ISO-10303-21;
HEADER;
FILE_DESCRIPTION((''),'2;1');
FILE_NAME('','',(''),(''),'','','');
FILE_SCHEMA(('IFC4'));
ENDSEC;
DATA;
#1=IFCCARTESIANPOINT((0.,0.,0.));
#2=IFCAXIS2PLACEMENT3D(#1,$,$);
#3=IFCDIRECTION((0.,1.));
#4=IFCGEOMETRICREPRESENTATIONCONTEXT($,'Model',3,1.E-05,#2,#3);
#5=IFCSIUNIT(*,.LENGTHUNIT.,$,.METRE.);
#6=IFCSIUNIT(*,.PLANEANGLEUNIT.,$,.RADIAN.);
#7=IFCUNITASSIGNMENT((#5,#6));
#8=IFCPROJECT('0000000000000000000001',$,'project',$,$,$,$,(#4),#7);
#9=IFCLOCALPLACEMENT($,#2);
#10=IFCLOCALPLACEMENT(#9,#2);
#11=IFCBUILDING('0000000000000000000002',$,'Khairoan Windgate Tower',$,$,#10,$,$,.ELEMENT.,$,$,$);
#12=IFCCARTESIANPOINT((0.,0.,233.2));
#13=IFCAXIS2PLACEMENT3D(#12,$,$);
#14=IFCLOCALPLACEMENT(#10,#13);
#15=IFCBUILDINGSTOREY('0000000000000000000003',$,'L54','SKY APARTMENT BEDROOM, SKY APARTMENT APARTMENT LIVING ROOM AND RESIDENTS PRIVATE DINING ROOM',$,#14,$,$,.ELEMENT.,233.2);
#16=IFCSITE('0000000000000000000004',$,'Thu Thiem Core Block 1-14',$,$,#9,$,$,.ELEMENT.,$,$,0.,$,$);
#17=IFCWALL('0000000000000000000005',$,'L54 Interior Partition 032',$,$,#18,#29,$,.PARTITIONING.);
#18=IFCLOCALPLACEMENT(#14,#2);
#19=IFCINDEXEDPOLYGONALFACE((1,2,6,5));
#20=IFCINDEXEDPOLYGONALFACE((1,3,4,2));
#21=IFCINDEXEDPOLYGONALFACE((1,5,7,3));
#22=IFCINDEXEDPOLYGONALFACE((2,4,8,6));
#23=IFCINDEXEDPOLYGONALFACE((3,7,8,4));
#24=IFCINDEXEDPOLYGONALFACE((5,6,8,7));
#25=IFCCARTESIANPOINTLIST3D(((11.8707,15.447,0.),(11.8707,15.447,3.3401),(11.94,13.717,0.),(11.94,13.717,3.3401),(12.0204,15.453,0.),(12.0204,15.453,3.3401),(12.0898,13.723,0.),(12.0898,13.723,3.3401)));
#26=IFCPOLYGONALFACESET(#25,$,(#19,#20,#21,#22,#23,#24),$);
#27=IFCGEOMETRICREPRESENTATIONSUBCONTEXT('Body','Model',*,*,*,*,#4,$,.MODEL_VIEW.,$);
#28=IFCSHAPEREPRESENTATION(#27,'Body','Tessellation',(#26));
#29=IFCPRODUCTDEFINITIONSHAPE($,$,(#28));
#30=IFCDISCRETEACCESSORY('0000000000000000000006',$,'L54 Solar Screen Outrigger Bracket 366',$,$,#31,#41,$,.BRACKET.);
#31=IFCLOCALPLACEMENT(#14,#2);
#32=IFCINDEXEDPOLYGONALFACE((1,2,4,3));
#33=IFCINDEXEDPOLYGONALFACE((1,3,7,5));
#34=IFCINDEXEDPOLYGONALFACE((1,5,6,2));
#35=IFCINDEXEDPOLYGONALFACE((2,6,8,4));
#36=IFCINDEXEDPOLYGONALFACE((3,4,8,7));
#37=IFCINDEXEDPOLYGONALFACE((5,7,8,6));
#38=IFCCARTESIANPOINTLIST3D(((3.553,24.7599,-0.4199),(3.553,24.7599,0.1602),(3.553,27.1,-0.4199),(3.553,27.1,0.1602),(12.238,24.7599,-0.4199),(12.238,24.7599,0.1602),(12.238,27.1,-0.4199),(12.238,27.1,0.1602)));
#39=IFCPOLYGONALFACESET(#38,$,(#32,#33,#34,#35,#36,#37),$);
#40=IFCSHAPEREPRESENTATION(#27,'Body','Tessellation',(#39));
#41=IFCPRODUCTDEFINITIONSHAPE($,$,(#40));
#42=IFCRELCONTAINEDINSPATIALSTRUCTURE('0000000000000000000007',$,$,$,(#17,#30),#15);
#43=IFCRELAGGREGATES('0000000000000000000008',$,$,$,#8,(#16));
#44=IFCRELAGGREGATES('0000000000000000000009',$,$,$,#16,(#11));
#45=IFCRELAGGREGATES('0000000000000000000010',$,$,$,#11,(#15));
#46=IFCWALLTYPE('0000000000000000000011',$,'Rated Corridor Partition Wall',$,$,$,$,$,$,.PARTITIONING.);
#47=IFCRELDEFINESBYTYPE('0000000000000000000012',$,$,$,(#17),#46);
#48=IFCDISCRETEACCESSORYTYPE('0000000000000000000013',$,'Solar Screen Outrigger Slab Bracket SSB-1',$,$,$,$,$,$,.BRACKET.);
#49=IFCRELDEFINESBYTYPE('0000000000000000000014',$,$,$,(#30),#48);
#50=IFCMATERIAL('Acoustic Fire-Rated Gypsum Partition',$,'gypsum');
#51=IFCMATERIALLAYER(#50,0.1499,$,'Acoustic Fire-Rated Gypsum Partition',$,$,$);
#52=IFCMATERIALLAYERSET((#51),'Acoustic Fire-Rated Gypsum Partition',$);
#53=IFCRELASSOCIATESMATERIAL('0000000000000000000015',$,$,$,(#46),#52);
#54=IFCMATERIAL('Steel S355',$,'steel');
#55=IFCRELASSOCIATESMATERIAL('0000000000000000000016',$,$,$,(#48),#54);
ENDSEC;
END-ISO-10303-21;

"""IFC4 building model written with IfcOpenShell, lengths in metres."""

from ifc_helpers import new_model, si_unit, direction, frame, frame_2d, origin, origin_2d, place, context, subcontext, project, spatial, rectangle, extrude, material, layer, layer_set, type_object, element, save


model = new_model("IFC4")

# Units and contexts
model_context = context("Model", 3, precision=1e-05, world=origin(), true_north=direction((0.0, 1.0)))
body_context = subcontext(model_context, "Body", "Model", "MODEL_VIEW")
ifc_project = project(units=[si_unit("LENGTHUNIT", "METRE"), si_unit("PLANEANGLEUNIT", "RADIAN")], contexts=[model_context])

# Site, building, storey
site_placement = place(None, origin())
site = spatial("IfcSite", under=ifc_project, at=site_placement, Name="Thu Thiem Core Block 1-14", CompositionType="ELEMENT", RefElevation=0.0)
building_placement = place(site_placement, origin())
building = spatial("IfcBuilding", under=site, at=building_placement, Name="Khairoan Windgate Tower", CompositionType="ELEMENT")
storey_placement = place(building_placement, frame((0.0, 0.0, 233.2)))
storey = spatial("IfcBuildingStorey", under=building, at=storey_placement, Name="L54", Description="SKY APARTMENT BEDROOM, SKY APARTMENT APARTMENT LIVING ROOM AND RESIDENTS PRIVATE DINING ROOM", CompositionType="ELEMENT", Elevation=233.2)

# Wall
ifc_material_1 = material(Name="Acoustic Fire-Rated Gypsum Partition", Category="gypsum")
ifc_layer_1 = layer(ifc_material_1, 0.1499, Name="Acoustic Fire-Rated Gypsum Partition")
ifc_layer_set_1 = layer_set([ifc_layer_1], Name="Acoustic Fire-Rated Gypsum Partition")
wall_type_1 = type_object("IfcWallType", Name="Rated Corridor Partition Wall", PredefinedType="PARTITIONING", material=ifc_layer_set_1)
wall_1_placement = place(storey_placement, frame((12.0149, 13.72, 0.0), z_axis=(0.0, 0.0, 1.0), x_axis=(-0.040047, 0.999198, 0.0)))
element("IfcWall", 1, at=wall_1_placement, inside=storey, type_object=wall_type_1, Name="L54 Interior Partition 032", PredefinedType="PARTITIONING", context=body_context, shape_type="SweptSolid", body=[
    extrude(rectangle(XDim=1.7314, YDim=0.1499, at=frame_2d((0.8657, 0.0))), origin(), (0.0, 0.0, 1.0), 3.3401),
])

# Discrete accessory
ifc_material_2 = material(Name="Steel S355", Category="steel")
discrete_accessory_type = type_object("IfcDiscreteAccessoryType", Name="Solar Screen Outrigger Slab Bracket SSB-1", PredefinedType="BRACKET", material=ifc_material_2)
discrete_accessory_placement = place(storey_placement, frame((7.8955, 25.9299, -0.4199), z_axis=(0.0, 0.0, 1.0), x_axis=(1.0, 0.0, 0.0)))
element("IfcDiscreteAccessory", 2, at=discrete_accessory_placement, inside=storey, type_object=discrete_accessory_type, Name="L54 Solar Screen Outrigger Bracket 366", PredefinedType="BRACKET", context=body_context, shape_type="SweptSolid", body=[
    extrude(rectangle(XDim=8.6851, YDim=2.3401, at=origin_2d()), origin(), (0.0, 0.0, 1.0), 0.5801),
])

save(model, "model.ifc")
